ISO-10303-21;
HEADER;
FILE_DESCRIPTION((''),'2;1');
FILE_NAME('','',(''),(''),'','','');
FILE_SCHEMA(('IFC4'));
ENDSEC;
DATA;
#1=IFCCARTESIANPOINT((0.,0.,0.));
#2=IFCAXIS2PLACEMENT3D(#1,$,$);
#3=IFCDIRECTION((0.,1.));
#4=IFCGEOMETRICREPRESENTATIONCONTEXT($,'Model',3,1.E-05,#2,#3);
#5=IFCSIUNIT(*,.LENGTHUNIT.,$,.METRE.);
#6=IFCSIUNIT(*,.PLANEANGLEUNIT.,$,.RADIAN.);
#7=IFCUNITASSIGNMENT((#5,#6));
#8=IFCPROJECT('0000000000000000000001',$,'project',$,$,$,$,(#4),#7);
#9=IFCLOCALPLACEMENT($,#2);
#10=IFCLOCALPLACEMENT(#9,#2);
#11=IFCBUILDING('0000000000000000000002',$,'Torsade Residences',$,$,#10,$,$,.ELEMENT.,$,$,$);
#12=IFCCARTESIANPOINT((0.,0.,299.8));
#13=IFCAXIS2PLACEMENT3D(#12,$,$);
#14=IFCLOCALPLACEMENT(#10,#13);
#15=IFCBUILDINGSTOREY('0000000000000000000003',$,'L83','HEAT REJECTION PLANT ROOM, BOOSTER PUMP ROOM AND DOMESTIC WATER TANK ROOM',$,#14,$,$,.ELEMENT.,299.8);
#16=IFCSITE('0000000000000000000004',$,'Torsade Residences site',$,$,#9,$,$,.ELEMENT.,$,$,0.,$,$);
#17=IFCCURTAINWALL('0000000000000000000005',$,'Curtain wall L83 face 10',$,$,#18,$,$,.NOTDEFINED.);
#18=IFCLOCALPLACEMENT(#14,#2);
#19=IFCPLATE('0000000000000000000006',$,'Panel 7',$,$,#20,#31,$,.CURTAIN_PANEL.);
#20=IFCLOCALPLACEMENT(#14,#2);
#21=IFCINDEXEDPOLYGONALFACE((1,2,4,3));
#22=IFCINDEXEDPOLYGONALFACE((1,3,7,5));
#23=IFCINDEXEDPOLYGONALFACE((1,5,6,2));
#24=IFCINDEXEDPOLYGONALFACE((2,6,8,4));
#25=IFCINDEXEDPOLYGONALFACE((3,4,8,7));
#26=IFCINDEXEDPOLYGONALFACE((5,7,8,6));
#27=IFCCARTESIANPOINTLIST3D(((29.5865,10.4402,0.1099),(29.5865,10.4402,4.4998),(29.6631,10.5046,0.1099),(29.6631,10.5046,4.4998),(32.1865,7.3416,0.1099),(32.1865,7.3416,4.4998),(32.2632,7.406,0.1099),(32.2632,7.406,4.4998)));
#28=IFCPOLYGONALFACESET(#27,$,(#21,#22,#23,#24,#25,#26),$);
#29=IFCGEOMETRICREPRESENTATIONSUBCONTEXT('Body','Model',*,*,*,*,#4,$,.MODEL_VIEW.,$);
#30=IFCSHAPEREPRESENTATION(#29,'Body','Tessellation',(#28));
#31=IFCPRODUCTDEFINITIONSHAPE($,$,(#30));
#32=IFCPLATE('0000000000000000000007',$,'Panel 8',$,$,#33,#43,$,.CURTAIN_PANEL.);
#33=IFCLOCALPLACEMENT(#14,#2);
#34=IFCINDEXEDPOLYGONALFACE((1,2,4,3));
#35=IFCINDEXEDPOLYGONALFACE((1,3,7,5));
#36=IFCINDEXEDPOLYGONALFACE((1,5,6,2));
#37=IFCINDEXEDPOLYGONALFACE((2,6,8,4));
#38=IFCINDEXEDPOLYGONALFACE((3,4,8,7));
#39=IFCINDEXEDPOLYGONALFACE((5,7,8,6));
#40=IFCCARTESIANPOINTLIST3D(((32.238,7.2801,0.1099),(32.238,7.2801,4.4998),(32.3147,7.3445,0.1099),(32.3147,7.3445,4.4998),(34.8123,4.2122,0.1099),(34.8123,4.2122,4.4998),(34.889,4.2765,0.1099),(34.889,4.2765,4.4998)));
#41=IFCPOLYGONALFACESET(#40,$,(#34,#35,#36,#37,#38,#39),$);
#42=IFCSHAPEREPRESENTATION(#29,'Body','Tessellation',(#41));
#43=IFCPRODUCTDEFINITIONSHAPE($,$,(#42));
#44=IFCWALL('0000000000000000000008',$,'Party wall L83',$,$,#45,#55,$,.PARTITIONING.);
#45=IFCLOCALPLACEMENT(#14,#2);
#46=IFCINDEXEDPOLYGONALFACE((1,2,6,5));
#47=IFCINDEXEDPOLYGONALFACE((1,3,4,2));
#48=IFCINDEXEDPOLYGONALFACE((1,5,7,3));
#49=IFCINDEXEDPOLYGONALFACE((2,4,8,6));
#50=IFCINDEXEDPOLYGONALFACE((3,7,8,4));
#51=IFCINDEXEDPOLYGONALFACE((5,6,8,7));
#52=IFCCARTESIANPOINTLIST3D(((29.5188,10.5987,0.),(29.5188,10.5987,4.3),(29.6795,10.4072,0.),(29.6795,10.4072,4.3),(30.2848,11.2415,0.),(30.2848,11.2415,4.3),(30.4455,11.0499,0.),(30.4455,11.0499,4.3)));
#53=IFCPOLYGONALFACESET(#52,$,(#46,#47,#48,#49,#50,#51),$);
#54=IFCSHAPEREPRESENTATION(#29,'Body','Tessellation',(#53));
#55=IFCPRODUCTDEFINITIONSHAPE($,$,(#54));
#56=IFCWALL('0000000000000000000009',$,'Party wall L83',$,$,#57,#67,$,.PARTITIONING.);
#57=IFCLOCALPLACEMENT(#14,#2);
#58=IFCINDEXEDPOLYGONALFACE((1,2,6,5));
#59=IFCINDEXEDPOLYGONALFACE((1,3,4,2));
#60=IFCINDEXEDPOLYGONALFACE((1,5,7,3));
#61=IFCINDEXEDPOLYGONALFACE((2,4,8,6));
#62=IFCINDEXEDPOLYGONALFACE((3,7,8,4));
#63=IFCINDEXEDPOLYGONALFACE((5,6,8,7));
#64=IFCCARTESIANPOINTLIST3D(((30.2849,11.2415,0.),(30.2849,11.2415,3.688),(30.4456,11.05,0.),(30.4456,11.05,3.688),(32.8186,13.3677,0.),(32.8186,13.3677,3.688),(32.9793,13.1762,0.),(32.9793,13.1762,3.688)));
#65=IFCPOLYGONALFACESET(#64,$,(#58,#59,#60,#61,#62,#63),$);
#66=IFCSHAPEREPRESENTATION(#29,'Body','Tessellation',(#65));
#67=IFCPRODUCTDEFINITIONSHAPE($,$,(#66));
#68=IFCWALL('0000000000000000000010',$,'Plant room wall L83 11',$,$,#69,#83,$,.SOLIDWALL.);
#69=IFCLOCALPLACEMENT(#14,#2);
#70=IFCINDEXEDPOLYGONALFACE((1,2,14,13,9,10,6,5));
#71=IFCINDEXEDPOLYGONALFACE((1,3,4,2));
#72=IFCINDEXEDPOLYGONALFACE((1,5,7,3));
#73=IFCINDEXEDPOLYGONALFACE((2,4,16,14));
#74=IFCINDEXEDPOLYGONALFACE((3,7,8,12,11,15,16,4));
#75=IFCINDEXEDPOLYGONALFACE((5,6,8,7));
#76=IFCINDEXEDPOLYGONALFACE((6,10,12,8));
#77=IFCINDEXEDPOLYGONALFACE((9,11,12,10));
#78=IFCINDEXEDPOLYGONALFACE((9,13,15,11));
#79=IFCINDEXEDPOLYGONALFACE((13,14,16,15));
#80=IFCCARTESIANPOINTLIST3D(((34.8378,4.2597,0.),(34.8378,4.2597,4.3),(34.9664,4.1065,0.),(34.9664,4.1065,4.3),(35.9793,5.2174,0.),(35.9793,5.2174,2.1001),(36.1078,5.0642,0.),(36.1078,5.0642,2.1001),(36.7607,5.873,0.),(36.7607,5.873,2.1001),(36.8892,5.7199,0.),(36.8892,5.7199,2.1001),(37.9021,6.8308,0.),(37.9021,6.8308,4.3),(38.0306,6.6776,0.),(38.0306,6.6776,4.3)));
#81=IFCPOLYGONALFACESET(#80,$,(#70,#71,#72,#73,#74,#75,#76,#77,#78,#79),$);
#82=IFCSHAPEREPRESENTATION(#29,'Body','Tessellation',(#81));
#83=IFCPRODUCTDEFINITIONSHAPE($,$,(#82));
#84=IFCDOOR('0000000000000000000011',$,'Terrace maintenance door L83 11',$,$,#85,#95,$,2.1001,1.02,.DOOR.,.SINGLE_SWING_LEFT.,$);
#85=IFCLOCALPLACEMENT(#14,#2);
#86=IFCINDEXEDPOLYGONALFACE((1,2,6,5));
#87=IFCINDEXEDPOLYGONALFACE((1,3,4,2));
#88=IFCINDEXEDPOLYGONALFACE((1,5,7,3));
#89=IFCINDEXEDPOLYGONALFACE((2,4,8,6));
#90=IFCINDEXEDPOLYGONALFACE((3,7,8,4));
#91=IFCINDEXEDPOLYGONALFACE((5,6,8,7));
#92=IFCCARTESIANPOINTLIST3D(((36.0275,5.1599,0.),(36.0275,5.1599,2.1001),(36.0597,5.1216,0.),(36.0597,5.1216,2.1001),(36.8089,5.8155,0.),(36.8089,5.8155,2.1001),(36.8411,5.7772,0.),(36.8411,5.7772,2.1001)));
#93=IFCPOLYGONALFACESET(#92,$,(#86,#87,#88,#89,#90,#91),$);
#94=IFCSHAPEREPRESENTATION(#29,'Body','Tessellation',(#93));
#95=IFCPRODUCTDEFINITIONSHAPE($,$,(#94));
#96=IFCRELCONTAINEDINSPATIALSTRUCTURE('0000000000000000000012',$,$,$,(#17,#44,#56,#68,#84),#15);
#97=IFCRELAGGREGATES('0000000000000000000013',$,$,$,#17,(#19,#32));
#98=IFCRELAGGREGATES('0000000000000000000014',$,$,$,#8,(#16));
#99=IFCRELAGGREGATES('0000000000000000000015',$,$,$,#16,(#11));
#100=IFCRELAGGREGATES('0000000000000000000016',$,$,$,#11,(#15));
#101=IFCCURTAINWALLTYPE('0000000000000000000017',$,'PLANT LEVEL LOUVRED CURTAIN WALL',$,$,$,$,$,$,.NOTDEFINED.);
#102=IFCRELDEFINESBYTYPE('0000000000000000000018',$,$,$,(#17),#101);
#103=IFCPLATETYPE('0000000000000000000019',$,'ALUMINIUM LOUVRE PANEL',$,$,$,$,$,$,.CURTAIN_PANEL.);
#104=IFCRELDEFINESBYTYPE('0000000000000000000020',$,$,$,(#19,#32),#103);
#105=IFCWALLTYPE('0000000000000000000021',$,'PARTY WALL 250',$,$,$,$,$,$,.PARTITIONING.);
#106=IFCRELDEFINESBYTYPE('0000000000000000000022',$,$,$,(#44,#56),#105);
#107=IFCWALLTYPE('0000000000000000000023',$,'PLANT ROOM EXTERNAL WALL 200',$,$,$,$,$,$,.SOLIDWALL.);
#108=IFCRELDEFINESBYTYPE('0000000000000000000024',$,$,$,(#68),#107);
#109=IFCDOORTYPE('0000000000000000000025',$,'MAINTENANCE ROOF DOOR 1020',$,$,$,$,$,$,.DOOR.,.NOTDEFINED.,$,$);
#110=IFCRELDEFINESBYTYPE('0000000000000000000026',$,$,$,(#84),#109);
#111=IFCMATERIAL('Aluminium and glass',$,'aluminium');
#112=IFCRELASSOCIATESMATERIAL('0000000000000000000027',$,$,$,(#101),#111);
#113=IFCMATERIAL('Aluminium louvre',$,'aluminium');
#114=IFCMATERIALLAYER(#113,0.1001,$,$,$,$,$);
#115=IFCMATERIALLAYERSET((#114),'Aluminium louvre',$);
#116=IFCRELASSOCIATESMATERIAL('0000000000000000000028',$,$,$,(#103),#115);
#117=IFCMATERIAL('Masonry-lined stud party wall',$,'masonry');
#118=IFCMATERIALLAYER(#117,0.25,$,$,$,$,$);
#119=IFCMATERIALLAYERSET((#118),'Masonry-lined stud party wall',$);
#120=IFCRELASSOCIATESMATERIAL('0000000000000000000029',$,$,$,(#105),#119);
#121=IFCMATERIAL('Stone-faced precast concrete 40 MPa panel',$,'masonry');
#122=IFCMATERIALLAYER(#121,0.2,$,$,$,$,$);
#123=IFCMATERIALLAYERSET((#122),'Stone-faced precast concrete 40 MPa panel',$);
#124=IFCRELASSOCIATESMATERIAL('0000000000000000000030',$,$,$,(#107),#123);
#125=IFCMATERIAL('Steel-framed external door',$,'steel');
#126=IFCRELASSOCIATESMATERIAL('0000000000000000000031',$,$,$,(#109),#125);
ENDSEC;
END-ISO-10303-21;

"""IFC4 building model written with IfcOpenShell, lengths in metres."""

from ifc_helpers import new_model, si_unit, direction, frame, frame_2d, origin, origin_2d, place, context, subcontext, project, spatial, rectangle, extrude, material, layer, layer_set, type_object, element, fill, aggregate, save


model = new_model("IFC4")

# Units and contexts
model_context = context("Model", 3, precision=1e-05, world=origin(), true_north=direction((0.0, 1.0)))
body_context = subcontext(model_context, "Body", "Model", "MODEL_VIEW")
ifc_project = project(units=[si_unit("LENGTHUNIT", "METRE"), si_unit("PLANEANGLEUNIT", "RADIAN")], contexts=[model_context])

# Site, building, storey
site_placement = place(None, origin())
site = spatial("IfcSite", under=ifc_project, at=site_placement, Name="Torsade Residences site", CompositionType="ELEMENT", RefElevation=0.0)
building_placement = place(site_placement, origin())
building = spatial("IfcBuilding", under=site, at=building_placement, Name="Torsade Residences", CompositionType="ELEMENT")
storey_placement = place(building_placement, frame((0.0, 0.0, 299.8)))
storey = spatial("IfcBuildingStorey", under=building, at=storey_placement, Name="L83", Description="HEAT REJECTION PLANT ROOM, BOOSTER PUMP ROOM AND DOMESTIC WATER TANK ROOM", CompositionType="ELEMENT", Elevation=299.8)

# Curtain wall
ifc_material_1 = material(Name="Aluminium and glass", Category="aluminium")
curtain_wall_type = type_object("IfcCurtainWallType", Name="PLANT LEVEL LOUVRED CURTAIN WALL", PredefinedType="NOTDEFINED", material=ifc_material_1)
curtain_wall_1_placement = place(storey_placement, origin())
curtain_wall_1 = element("IfcCurtainWall", 1, at=curtain_wall_1_placement, inside=storey, type_object=curtain_wall_type, Name="Curtain wall L83 face 10", PredefinedType="NOTDEFINED")

# Plates
ifc_material_2 = material(Name="Aluminium louvre", Category="aluminium")
ifc_layer_1 = layer(ifc_material_2, 0.1001)
ifc_layer_set_1 = layer_set([ifc_layer_1], Name="Aluminium louvre")
plate_type = type_object("IfcPlateType", Name="ALUMINIUM LOUVRE PANEL", PredefinedType="CURTAIN_PANEL", material=ifc_layer_set_1)
plate_1_placement = place(storey_placement, frame((30.9248, 8.9231, 0.1099), z_axis=(0.0, 0.0, 1.0), x_axis=(0.642788, -0.766044, 0.0)))
plate_1 = element("IfcPlate", 2, at=plate_1_placement, type_object=plate_type, Name="Panel 7", PredefinedType="CURTAIN_PANEL", context=body_context, shape_type="SweptSolid", body=[
    extrude(rectangle(XDim=4.0449, YDim=0.1001, at=origin_2d()), origin(), (0.0, 0.0, 1.0), 4.3899),
])
plate_2_placement = place(storey_placement, frame((33.5635, 5.7783, 0.1099), z_axis=(0.0, 0.0, 1.0), x_axis=(0.642788, -0.766044, 0.0)))
plate_2 = element("IfcPlate", 3, at=plate_2_placement, type_object=plate_type, Name="Panel 8", PredefinedType="CURTAIN_PANEL", context=body_context, shape_type="SweptSolid", body=[
    extrude(rectangle(XDim=4.0049, YDim=0.1001, at=origin_2d()), origin(), (0.0, 0.0, 1.0), 4.3899),
])
aggregate(curtain_wall_1, [plate_1, plate_2])

# Walls
ifc_material_3 = material(Name="Masonry-lined stud party wall", Category="masonry")
ifc_layer_2 = layer(ifc_material_3, 0.25)
ifc_layer_set_2 = layer_set([ifc_layer_2], Name="Masonry-lined stud party wall")
wall_type_1 = type_object("IfcWallType", Name="PARTY WALL 250", PredefinedType="PARTITIONING", material=ifc_layer_set_2)
wall_1_placement = place(storey_placement, frame((29.5991, 10.5029, 0.0), z_axis=(0.0, 0.0, 1.0), x_axis=(0.766056, 0.642774, 0.0)))
element("IfcWall", 4, at=wall_1_placement, inside=storey, type_object=wall_type_1, Name="Party wall L83", PredefinedType="PARTITIONING", context=body_context, shape_type="SweptSolid", body=[
    extrude(rectangle(XDim=1.0, YDim=0.25, at=frame_2d((0.5, 0.0))), origin(), (0.0, 0.0, 1.0), 4.3),
])
wall_2_placement = place(storey_placement, frame((30.3652, 11.1458, 0.0), z_axis=(0.0, 0.0, 1.0), x_axis=(0.766014, 0.642823, 0.0)))
element("IfcWall", 5, at=wall_2_placement, inside=storey, type_object=wall_type_1, Name="Party wall L83", PredefinedType="PARTITIONING", context=body_context, shape_type="SweptSolid", body=[
    extrude(rectangle(XDim=3.3076, YDim=0.25, at=frame_2d((1.6538, 0.0))), origin(), (0.0, 0.0, 1.0), 3.688),
])

# Wall, opening, door
ifc_material_4 = material(Name="Stone-faced precast concrete 40 MPa panel", Category="masonry")
ifc_layer_3 = layer(ifc_material_4, 0.2)
ifc_layer_set_3 = layer_set([ifc_layer_3], Name="Stone-faced precast concrete 40 MPa panel")
wall_type_2 = type_object("IfcWallType", Name="PLANT ROOM EXTERNAL WALL 200", PredefinedType="SOLIDWALL", material=ifc_layer_set_3)
wall_3_placement = place(storey_placement, frame((34.9021, 4.1831, 0.0), z_axis=(0.0, 0.0, 1.0), x_axis=(0.766061, 0.642768, 0.0)))
wall_3 = element("IfcWall", 6, at=wall_3_placement, inside=storey, type_object=wall_type_2, Name="Plant room wall L83 11", PredefinedType="SOLIDWALL", context=body_context, shape_type="SweptSolid", body=[
    extrude(rectangle(XDim=4.0, YDim=0.2, at=frame_2d((2.0, 0.0))), origin(), (0.0, 0.0, 1.0), 4.3),
])
opening_placement = place(wall_3_placement, frame((1.49, 0.0, 0.0)))
opening = element("IfcOpeningElement", 7, at=opening_placement, cuts=wall_3, PredefinedType="OPENING", context=body_context, shape_type="SweptSolid", body=[
    extrude(rectangle(XDim=1.02, YDim=2.1001, at=frame_2d((0.51, 1.05))), frame((0.0, 0.1099, 0.0), z_axis=(0.0, -1.0, 0.0), x_axis=(1.0, 0.0, 0.0)), (0.0, 0.0, 1.0), 0.22),
])
ifc_material_5 = material(Name="Steel-framed external door", Category="steel")
door_type = type_object("IfcDoorType", Name="MAINTENANCE ROOF DOOR 1020", OperationType="NOTDEFINED", PredefinedType="DOOR", material=ifc_material_5)
door_placement = place(opening_placement, origin())
door = element("IfcDoor", 8, at=door_placement, inside=storey, type_object=door_type, Name="Terrace maintenance door L83 11", OperationType="SINGLE_SWING_LEFT", OverallHeight=2.1001, OverallWidth=1.02, PredefinedType="DOOR", context=body_context, shape_type="SweptSolid", body=[
    extrude(rectangle(XDim=1.02, YDim=2.1001, at=frame_2d((0.51, 1.05))), frame((0.0, 0.0249, 0.0), z_axis=(0.0, -1.0, 0.0), x_axis=(1.0, 0.0, 0.0)), (0.0, 0.0, 1.0), 0.05),
])
fill(opening, door)

save(model, "model.ifc")
